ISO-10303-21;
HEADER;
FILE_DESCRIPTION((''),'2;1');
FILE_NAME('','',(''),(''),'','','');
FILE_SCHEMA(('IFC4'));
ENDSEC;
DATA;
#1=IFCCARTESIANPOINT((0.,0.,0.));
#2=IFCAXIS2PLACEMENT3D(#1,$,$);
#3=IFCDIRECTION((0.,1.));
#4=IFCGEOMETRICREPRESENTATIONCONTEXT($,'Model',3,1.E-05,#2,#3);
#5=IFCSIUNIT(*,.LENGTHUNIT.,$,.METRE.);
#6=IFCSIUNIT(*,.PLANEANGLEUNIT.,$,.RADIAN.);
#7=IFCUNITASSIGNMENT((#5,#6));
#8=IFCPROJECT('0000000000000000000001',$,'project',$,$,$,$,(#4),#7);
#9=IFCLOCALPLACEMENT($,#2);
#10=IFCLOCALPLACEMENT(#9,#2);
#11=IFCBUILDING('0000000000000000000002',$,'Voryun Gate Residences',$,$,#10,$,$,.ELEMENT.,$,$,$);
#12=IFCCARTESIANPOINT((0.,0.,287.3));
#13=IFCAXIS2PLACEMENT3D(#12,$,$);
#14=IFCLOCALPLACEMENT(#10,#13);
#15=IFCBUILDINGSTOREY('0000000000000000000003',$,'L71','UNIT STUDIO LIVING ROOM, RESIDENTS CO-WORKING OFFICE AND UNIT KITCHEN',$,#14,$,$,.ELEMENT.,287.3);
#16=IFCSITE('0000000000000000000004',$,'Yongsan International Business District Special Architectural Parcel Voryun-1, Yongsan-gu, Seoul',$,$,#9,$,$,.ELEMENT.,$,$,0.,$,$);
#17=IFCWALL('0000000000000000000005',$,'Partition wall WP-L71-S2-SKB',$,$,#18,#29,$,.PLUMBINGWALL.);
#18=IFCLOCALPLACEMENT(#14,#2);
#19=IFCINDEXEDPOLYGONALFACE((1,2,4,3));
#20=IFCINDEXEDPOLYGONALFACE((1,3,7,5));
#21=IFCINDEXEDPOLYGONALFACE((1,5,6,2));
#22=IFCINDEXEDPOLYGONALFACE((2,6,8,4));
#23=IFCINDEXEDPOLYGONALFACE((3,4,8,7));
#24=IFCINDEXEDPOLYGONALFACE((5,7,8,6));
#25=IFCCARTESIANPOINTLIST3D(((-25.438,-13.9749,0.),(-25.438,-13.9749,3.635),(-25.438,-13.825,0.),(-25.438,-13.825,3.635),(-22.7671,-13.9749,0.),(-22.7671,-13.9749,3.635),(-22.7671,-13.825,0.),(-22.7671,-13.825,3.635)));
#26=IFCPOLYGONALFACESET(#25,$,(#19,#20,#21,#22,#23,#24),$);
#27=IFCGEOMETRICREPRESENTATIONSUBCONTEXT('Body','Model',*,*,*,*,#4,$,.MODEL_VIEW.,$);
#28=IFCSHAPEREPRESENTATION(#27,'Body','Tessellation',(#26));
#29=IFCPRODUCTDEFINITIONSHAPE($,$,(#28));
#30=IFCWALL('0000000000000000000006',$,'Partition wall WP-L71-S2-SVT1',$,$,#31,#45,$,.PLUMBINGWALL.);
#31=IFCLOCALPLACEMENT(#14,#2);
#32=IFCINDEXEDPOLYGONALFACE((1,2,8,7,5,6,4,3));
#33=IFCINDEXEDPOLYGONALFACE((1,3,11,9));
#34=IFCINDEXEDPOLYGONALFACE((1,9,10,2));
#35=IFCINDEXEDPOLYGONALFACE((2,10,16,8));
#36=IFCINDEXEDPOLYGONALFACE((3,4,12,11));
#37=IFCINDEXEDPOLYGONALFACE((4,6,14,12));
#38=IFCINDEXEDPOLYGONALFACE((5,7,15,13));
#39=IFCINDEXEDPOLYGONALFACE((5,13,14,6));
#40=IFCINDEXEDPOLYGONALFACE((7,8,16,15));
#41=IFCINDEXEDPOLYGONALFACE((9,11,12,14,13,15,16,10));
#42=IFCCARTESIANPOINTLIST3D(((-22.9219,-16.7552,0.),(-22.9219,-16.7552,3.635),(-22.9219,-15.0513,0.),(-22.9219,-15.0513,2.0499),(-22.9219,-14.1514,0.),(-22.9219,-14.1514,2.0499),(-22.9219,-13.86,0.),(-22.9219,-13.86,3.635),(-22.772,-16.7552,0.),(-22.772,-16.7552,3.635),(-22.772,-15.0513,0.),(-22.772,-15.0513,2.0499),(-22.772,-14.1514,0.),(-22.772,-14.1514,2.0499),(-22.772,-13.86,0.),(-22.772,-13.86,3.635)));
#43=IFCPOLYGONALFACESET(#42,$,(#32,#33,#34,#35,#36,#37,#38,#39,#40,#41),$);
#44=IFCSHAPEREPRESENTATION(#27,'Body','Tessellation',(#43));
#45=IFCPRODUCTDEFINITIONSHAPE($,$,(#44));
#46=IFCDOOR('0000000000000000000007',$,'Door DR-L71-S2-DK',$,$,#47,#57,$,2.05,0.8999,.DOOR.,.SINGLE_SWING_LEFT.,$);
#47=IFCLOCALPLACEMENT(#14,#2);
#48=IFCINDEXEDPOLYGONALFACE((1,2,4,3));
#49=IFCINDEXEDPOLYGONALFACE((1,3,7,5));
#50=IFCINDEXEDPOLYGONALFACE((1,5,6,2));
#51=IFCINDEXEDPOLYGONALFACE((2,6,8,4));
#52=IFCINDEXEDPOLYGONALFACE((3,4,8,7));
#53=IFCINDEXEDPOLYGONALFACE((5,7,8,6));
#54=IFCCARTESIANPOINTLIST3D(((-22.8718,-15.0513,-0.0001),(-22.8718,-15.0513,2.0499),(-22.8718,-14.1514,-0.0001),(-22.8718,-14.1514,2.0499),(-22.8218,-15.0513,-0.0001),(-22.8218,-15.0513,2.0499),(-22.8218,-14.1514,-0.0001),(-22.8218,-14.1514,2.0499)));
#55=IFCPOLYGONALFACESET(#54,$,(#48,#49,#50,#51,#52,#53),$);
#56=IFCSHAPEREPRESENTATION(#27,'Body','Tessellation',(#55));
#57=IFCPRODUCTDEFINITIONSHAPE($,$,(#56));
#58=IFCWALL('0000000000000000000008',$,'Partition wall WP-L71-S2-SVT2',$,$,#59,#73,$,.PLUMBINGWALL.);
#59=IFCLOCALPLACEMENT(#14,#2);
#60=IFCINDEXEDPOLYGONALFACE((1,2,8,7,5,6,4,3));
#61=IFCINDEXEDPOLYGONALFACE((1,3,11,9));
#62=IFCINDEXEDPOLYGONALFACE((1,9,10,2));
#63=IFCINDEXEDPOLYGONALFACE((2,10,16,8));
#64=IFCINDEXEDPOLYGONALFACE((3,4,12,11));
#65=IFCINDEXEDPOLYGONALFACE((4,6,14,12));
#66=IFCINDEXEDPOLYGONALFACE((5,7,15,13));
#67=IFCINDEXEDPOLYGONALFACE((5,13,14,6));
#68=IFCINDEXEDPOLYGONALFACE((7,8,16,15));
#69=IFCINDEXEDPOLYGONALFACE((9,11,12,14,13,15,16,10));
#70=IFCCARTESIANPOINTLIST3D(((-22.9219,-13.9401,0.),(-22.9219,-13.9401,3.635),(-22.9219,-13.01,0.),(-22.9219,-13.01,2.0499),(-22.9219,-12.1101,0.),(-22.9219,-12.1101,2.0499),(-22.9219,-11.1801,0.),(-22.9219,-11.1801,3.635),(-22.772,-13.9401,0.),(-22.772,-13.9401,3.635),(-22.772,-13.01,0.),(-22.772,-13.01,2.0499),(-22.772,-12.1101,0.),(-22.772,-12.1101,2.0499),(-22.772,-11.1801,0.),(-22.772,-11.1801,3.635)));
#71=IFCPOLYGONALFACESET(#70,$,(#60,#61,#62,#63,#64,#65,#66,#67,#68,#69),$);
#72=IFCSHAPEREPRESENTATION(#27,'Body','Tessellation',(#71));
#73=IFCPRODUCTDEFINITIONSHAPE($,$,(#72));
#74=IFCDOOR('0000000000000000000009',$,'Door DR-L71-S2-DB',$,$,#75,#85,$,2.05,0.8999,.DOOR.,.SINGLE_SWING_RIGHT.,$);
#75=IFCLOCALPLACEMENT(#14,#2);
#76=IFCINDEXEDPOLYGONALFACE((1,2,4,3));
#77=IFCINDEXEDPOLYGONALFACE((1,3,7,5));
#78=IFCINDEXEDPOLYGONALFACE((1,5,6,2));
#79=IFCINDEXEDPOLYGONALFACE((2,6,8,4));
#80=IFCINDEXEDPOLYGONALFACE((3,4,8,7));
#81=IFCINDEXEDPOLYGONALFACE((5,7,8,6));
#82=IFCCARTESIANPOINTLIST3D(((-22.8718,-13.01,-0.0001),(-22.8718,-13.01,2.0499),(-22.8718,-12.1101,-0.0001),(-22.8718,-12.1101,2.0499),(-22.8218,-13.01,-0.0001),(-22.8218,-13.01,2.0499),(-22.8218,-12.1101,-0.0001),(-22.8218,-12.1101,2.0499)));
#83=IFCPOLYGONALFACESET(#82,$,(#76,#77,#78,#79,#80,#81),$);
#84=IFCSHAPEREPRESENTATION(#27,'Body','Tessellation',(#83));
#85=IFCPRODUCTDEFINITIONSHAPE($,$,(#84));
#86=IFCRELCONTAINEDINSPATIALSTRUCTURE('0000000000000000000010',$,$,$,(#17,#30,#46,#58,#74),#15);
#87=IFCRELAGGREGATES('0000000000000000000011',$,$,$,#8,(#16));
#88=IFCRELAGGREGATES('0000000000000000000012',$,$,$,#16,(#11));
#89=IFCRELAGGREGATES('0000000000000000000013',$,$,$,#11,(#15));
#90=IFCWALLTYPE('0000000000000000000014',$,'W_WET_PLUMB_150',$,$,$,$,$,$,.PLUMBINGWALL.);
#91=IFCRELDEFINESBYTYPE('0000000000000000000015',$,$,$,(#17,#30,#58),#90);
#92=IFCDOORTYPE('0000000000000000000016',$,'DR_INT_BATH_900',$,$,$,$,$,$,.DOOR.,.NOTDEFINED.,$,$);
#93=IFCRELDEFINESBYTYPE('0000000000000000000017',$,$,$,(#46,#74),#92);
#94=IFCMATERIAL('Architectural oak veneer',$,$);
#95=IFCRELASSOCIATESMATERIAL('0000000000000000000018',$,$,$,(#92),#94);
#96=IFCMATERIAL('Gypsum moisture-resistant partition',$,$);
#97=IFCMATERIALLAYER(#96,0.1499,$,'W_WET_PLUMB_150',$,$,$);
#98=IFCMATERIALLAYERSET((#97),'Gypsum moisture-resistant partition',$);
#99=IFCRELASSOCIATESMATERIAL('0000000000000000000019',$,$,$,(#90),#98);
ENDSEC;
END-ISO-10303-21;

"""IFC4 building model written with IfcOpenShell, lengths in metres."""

from ifc_helpers import new_model, si_unit, direction, frame, frame_2d, origin, place, context, subcontext, project, spatial, rectangle, extrude, material, layer, layer_set, type_object, element, fill, save


model = new_model("IFC4")

# Units and contexts
model_context = context("Model", 3, precision=1e-05, world=origin(), true_north=direction((0.0, 1.0)))
body_context = subcontext(model_context, "Body", "Model", "MODEL_VIEW")
ifc_project = project(units=[si_unit("LENGTHUNIT", "METRE"), si_unit("PLANEANGLEUNIT", "RADIAN")], contexts=[model_context])

# Site, building, storey
site_placement = place(None, origin())
site = spatial("IfcSite", under=ifc_project, at=site_placement, Name="Yongsan International Business District Special Architectural Parcel Voryun-1, Yongsan-gu, Seoul", CompositionType="ELEMENT", RefElevation=0.0)
building_placement = place(site_placement, origin())
building = spatial("IfcBuilding", under=site, at=building_placement, Name="Voryun Gate Residences", CompositionType="ELEMENT")
storey_placement = place(building_placement, frame((0.0, 0.0, 287.3)))
storey = spatial("IfcBuildingStorey", under=building, at=storey_placement, Name="L71", Description="UNIT STUDIO LIVING ROOM, RESIDENTS CO-WORKING OFFICE AND UNIT KITCHEN", CompositionType="ELEMENT", Elevation=287.3)

# Shared definitions
ifc_material_1 = material(Name="Architectural oak veneer")
door_type = type_object("IfcDoorType", Name="DR_INT_BATH_900", OperationType="NOTDEFINED", PredefinedType="DOOR", material=ifc_material_1)

# Shared definitions
ifc_material_2 = material(Name="Gypsum moisture-resistant partition")
ifc_layer_1 = layer(ifc_material_2, 0.1499, Name="W_WET_PLUMB_150")
ifc_layer_set_1 = layer_set([ifc_layer_1], Name="Gypsum moisture-resistant partition")
wall_type_1 = type_object("IfcWallType", Name="W_WET_PLUMB_150", PredefinedType="PLUMBINGWALL", material=ifc_layer_set_1)

# Wall
wall_1_placement = place(storey_placement, frame((-25.438, -13.8999, 0.0), z_axis=(0.0, 0.0, 1.0), x_axis=(1.0, 0.0, 0.0)))
element("IfcWall", 1, at=wall_1_placement, inside=storey, type_object=wall_type_1, Name="Partition wall WP-L71-S2-SKB", PredefinedType="PLUMBINGWALL", context=body_context, shape_type="SweptSolid", body=[
    extrude(rectangle(XDim=2.6709, YDim=0.1499, at=frame_2d((1.3354, 0.0))), origin(), (0.0, 0.0, 1.0), 3.635),
])

# Walls, openings, doors
wall_2_placement = place(storey_placement, frame((-22.8469, -16.7554, 0.0), z_axis=(0.0, 0.0, 1.0), x_axis=(0.0, 1.0, 0.0)))
wall_2 = element("IfcWall", 2, at=wall_2_placement, inside=storey, type_object=wall_type_1, Name="Partition wall WP-L71-S2-SVT1", PredefinedType="PLUMBINGWALL", context=body_context, shape_type="SweptSolid", body=[
    extrude(rectangle(XDim=2.8953, YDim=0.1499, at=frame_2d((1.4478, 0.0))), origin(), (0.0, 0.0, 1.0), 3.635),
])
opening_1_placement = place(wall_2_placement, frame((1.7041, 0.0, 0.0)))
opening_1 = element("IfcOpeningElement", 3, at=opening_1_placement, cuts=wall_2, PredefinedType="OPENING", context=body_context, shape_type="SweptSolid", body=[
    extrude(rectangle(XDim=0.8999, YDim=2.05, at=frame_2d((0.45, 1.0249))), frame((0.0, 0.085, 0.0), z_axis=(0.0, -1.0, 0.0), x_axis=(1.0, 0.0, 0.0)), (0.0, 0.0, 1.0), 0.1699),
])
door_1_placement = place(opening_1_placement, origin())
door_1 = element("IfcDoor", 4, at=door_1_placement, inside=storey, type_object=door_type, Name="Door DR-L71-S2-DK", OperationType="SINGLE_SWING_LEFT", OverallHeight=2.05, OverallWidth=0.8999, PredefinedType="DOOR", context=body_context, shape_type="SweptSolid", body=[
    extrude(rectangle(XDim=0.8999, YDim=2.05, at=frame_2d((0.45, 1.0249))), frame((0.0, 0.0249, 0.0), z_axis=(0.0, -1.0, 0.0), x_axis=(1.0, 0.0, 0.0)), (0.0, 0.0, 1.0), 0.05),
])
fill(opening_1, door_1)
wall_3_placement = place(storey_placement, frame((-22.8469, -13.9399, 0.0), z_axis=(0.0, 0.0, 1.0), x_axis=(0.0, 1.0, 0.0)))
wall_3 = element("IfcWall", 5, at=wall_3_placement, inside=storey, type_object=wall_type_1, Name="Partition wall WP-L71-S2-SVT2", PredefinedType="PLUMBINGWALL", context=body_context, shape_type="SweptSolid", body=[
    extrude(rectangle(XDim=2.76, YDim=0.1499, at=frame_2d((1.3799, 0.0))), origin(), (0.0, 0.0, 1.0), 3.635),
])
opening_2_placement = place(wall_3_placement, frame((0.9299, 0.0, 0.0)))
opening_2 = element("IfcOpeningElement", 6, at=opening_2_placement, cuts=wall_3, PredefinedType="OPENING", context=body_context, shape_type="SweptSolid", body=[
    extrude(rectangle(XDim=0.8999, YDim=2.05, at=frame_2d((0.45, 1.0249))), frame((0.0, 0.085, 0.0), z_axis=(0.0, -1.0, 0.0), x_axis=(1.0, 0.0, 0.0)), (0.0, 0.0, 1.0), 0.1699),
])
door_2_placement = place(opening_2_placement, origin())
door_2 = element("IfcDoor", 7, at=door_2_placement, inside=storey, type_object=door_type, Name="Door DR-L71-S2-DB", OperationType="SINGLE_SWING_RIGHT", OverallHeight=2.05, OverallWidth=0.8999, PredefinedType="DOOR", context=body_context, shape_type="SweptSolid", body=[
    extrude(rectangle(XDim=0.8999, YDim=2.05, at=frame_2d((0.45, 1.0249))), frame((0.0, 0.0249, 0.0), z_axis=(0.0, -1.0, 0.0), x_axis=(1.0, 0.0, 0.0)), (0.0, 0.0, 1.0), 0.05),
])
fill(opening_2, door_2)

save(model, "model.ifc")
